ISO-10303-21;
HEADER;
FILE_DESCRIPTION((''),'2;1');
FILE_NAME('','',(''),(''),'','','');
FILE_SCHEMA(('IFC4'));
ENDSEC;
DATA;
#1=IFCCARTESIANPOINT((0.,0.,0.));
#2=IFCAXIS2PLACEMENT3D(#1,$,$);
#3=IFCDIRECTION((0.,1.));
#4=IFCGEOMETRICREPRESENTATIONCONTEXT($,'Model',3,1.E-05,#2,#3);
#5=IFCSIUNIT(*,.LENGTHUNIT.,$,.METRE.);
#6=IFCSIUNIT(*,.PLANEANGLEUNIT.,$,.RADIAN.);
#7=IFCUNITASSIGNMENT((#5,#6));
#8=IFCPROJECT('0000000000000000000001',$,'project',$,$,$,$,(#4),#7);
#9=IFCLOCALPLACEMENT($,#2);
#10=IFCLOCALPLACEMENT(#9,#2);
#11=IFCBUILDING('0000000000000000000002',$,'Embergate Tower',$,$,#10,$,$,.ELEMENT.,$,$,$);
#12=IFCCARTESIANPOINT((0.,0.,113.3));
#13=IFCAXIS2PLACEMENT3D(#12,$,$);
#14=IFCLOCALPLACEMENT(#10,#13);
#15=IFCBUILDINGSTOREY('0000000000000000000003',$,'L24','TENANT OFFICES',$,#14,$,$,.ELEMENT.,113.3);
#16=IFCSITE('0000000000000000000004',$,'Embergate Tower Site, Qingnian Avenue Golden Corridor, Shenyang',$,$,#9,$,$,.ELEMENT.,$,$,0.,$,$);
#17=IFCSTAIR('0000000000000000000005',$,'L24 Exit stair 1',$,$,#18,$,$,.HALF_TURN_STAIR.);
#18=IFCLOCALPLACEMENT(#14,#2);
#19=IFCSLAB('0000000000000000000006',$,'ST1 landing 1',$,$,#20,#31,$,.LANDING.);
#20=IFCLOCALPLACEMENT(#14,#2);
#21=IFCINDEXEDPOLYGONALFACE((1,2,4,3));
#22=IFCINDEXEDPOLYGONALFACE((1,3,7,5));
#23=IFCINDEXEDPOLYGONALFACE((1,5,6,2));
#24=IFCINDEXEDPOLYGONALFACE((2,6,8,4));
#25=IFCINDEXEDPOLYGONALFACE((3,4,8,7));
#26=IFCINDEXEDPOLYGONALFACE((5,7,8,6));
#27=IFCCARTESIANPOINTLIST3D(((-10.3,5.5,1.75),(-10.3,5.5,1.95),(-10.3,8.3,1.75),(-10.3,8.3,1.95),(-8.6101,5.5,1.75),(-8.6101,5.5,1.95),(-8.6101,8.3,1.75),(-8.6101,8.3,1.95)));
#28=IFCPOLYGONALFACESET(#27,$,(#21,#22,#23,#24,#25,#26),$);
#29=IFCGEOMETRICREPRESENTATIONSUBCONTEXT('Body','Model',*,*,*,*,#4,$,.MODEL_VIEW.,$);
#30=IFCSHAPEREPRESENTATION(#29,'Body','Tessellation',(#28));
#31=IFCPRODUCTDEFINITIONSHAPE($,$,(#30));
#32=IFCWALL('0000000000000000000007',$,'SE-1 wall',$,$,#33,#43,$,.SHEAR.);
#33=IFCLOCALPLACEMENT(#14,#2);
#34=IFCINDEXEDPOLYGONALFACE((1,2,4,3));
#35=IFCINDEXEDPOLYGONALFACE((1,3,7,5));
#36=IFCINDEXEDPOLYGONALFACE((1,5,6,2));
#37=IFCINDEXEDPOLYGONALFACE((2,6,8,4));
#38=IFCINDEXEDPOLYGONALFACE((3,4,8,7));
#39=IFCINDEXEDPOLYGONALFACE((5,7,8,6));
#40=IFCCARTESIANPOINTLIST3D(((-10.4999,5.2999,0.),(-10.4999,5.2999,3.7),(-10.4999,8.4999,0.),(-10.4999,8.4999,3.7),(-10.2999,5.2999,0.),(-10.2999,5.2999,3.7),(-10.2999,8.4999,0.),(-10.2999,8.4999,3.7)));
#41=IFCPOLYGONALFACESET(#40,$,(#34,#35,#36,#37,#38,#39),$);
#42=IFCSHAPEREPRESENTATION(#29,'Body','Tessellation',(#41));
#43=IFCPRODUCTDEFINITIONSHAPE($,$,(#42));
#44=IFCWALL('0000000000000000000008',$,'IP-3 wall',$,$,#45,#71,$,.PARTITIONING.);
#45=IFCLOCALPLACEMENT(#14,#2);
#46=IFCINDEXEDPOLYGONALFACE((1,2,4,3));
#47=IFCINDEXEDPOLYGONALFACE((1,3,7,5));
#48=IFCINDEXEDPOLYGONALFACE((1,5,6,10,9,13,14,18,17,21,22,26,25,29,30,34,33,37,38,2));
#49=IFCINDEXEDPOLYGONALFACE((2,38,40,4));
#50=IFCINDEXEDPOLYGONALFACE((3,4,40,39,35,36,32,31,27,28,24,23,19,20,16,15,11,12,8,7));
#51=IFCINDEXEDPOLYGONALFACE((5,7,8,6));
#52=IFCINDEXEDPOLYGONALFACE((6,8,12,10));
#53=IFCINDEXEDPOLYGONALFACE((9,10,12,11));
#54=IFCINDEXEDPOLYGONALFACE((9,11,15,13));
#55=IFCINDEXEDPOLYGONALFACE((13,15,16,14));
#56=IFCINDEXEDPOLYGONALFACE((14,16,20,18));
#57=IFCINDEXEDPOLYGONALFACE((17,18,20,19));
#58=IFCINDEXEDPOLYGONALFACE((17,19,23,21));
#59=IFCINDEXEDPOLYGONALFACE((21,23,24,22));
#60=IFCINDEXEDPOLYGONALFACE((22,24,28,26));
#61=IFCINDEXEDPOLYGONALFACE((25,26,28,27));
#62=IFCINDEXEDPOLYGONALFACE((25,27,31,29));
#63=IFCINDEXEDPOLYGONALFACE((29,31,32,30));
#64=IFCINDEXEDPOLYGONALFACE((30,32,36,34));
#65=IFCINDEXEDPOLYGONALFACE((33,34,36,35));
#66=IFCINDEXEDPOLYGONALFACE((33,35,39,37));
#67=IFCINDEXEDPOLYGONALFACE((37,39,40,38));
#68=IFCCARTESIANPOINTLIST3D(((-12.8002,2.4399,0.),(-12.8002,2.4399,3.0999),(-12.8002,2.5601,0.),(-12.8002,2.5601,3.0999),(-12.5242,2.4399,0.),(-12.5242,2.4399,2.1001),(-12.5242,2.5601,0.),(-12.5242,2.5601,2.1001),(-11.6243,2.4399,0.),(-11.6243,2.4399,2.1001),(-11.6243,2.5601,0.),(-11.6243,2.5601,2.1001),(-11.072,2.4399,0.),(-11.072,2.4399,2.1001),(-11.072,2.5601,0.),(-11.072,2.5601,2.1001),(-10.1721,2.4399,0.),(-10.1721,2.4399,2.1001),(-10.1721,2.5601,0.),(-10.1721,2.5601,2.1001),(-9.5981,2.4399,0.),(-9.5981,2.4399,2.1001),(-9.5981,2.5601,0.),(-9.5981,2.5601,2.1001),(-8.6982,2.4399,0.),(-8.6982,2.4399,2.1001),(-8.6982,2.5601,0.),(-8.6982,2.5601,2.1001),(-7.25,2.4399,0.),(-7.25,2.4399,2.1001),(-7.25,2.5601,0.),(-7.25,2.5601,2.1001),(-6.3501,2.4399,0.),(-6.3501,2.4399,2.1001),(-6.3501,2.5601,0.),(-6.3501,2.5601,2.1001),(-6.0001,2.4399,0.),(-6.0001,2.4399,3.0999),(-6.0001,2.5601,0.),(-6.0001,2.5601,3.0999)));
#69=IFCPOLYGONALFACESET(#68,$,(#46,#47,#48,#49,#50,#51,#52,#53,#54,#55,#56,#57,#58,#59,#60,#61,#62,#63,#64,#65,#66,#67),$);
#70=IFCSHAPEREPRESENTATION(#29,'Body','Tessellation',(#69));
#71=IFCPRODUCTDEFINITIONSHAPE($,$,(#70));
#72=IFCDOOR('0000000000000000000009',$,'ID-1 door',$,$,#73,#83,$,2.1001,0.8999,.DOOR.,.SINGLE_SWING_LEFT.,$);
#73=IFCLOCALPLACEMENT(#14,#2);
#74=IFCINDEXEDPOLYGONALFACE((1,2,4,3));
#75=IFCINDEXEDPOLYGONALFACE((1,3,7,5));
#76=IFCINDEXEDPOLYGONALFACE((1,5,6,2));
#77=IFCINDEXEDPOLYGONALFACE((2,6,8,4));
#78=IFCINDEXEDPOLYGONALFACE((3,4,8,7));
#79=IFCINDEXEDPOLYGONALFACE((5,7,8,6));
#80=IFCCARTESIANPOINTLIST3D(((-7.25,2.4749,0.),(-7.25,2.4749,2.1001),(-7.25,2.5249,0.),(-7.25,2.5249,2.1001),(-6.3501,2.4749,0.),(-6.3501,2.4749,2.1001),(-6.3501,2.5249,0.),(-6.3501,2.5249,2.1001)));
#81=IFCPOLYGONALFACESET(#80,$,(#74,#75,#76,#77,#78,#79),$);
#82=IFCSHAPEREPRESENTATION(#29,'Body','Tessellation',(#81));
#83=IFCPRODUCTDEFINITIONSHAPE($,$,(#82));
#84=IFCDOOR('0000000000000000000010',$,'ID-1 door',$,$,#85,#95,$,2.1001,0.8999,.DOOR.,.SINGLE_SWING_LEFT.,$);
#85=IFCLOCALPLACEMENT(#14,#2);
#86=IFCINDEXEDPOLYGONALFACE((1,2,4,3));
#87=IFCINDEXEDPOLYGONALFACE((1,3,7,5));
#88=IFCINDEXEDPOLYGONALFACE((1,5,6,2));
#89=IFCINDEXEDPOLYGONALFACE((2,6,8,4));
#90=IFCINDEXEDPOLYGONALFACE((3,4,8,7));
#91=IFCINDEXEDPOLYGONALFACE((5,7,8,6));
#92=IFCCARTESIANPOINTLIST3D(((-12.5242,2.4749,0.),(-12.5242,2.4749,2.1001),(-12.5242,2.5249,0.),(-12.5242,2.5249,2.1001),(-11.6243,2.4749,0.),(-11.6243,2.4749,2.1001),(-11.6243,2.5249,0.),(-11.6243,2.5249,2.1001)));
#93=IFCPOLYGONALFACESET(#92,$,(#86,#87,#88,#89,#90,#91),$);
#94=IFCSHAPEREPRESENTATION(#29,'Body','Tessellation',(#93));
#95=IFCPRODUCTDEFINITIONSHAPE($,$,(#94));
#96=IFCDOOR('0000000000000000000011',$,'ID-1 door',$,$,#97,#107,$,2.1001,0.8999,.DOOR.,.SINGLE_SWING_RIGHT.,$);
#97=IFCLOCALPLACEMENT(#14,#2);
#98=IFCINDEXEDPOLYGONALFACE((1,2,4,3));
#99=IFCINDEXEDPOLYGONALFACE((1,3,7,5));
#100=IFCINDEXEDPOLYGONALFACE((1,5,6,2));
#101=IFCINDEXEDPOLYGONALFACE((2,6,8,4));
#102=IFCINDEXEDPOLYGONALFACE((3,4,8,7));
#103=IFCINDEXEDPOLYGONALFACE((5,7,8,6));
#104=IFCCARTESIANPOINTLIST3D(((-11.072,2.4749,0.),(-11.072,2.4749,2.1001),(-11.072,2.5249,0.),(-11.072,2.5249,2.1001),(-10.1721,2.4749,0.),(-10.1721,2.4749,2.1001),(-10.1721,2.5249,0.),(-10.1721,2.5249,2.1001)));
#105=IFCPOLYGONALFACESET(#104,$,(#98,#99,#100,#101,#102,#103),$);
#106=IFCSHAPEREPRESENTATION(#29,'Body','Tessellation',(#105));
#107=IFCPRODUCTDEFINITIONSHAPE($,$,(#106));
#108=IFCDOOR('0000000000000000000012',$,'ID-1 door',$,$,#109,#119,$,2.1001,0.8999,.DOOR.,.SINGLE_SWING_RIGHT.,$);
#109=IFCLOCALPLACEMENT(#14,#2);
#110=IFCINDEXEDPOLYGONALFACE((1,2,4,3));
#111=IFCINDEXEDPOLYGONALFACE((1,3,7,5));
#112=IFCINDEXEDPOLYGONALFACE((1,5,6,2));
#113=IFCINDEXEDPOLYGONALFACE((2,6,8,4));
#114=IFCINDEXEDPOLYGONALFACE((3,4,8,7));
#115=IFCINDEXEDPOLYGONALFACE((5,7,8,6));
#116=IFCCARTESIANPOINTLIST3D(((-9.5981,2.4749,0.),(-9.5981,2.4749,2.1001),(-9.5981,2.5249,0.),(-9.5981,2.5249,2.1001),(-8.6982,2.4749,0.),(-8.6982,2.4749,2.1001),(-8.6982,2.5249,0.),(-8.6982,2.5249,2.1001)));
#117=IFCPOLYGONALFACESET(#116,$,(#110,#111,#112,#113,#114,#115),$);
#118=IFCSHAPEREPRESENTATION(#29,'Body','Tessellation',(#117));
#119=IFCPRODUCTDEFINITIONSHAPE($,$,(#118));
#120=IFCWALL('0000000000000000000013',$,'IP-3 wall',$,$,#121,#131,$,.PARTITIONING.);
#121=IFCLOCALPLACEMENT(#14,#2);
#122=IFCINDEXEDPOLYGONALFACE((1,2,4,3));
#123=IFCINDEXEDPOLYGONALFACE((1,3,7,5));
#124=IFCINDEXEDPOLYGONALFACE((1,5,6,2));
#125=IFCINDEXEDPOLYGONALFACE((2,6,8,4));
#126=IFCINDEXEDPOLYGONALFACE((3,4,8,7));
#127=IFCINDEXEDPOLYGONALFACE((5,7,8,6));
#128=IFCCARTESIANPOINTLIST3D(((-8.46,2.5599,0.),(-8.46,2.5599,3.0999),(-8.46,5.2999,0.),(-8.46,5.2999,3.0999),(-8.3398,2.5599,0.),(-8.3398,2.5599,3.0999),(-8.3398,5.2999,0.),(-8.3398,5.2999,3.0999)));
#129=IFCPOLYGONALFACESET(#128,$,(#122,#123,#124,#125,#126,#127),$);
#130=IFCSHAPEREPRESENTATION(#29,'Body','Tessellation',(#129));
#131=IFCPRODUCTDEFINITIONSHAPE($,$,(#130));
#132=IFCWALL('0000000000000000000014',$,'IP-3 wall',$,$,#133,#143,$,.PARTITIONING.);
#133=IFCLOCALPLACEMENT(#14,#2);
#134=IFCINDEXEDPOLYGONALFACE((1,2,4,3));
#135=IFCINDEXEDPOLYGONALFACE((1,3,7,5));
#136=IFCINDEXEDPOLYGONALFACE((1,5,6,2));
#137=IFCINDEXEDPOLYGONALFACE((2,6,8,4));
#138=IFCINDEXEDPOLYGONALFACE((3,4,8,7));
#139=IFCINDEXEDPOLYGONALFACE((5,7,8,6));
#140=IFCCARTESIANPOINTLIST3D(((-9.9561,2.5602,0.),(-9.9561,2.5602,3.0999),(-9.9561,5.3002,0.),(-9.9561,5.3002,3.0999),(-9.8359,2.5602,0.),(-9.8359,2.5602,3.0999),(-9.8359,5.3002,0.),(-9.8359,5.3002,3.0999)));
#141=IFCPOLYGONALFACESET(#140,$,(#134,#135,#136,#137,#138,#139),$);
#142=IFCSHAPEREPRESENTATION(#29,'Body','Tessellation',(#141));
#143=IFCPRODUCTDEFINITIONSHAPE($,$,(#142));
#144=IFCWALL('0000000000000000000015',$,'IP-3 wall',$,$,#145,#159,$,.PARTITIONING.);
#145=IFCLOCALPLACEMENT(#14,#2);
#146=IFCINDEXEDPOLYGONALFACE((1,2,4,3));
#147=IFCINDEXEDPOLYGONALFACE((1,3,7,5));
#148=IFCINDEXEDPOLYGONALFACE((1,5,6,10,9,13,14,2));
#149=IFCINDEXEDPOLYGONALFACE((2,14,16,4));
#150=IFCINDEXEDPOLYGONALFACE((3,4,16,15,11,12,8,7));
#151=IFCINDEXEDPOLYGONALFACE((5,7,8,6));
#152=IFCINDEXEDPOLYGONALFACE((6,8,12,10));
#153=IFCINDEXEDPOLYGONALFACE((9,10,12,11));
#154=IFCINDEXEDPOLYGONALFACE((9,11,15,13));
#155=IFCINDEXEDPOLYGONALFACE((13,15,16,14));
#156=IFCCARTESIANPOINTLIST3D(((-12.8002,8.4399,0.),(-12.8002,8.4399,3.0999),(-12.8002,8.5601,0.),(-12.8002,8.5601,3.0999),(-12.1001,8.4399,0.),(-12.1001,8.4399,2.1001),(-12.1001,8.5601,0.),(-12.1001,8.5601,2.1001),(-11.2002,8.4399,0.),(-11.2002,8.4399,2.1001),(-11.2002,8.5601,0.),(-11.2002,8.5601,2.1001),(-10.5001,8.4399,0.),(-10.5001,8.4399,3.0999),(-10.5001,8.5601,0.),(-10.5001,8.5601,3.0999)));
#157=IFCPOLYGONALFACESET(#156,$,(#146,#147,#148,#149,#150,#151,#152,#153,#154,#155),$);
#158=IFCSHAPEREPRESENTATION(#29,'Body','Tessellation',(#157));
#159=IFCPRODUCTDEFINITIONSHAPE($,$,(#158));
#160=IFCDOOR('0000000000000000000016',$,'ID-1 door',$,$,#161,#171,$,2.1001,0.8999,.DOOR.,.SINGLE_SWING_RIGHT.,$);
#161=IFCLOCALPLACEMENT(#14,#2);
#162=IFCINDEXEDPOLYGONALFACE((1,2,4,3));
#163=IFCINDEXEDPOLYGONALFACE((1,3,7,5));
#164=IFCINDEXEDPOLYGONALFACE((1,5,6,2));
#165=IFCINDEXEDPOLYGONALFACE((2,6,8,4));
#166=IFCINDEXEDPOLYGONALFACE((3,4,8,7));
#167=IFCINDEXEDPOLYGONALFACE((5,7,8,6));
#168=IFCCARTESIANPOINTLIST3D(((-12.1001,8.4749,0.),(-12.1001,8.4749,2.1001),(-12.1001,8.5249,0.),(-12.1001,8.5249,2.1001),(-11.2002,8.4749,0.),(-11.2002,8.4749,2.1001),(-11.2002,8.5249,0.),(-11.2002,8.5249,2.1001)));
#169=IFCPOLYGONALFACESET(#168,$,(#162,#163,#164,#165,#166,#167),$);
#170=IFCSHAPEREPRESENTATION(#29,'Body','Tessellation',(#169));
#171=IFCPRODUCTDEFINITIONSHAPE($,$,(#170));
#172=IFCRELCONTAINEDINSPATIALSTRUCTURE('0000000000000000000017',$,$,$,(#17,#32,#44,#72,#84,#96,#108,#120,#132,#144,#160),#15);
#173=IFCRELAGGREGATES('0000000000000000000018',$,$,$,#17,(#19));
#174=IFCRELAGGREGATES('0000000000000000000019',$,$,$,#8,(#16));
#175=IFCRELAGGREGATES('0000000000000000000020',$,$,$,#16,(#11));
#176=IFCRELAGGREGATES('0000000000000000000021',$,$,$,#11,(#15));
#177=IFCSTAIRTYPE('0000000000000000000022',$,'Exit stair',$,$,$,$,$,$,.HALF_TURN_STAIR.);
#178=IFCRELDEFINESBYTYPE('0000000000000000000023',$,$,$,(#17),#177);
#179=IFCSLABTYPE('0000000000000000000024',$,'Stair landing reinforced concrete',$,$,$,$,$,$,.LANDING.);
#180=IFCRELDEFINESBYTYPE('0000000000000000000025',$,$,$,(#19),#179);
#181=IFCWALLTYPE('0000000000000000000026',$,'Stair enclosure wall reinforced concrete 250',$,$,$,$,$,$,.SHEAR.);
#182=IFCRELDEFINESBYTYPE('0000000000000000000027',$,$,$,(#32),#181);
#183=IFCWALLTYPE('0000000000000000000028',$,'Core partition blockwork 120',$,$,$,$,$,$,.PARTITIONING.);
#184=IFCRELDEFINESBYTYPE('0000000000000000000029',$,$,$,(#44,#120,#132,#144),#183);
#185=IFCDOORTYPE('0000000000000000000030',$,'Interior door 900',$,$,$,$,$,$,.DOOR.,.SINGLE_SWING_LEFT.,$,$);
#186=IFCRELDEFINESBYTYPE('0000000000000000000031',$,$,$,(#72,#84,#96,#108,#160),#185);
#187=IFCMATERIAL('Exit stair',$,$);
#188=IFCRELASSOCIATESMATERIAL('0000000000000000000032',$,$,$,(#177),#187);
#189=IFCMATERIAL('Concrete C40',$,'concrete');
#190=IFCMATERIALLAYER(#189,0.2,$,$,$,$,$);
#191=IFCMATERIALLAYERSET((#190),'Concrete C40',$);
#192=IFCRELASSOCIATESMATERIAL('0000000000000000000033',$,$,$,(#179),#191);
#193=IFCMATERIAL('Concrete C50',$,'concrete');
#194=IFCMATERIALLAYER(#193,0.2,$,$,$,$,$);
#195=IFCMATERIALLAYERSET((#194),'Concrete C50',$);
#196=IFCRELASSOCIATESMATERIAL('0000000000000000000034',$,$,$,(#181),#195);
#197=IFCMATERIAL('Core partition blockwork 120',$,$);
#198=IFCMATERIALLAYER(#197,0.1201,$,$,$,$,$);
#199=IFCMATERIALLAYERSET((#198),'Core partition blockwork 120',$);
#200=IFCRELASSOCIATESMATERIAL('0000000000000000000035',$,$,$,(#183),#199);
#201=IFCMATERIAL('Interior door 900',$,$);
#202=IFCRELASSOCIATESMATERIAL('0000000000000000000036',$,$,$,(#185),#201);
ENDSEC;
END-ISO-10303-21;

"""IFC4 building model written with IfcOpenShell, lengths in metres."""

from ifc_helpers import new_model, si_unit, direction, frame, frame_2d, origin, place, context, subcontext, project, spatial, polyline, rectangle, outline, extrude, source, transform, mapped, material, layer, layer_set, type_object, element, fill, aggregate, save


model = new_model("IFC4")

# Units and contexts
model_context = context("Model", 3, precision=1e-05, world=origin(), true_north=direction((0.0, 1.0)))
body_context = subcontext(model_context, "Body", "Model", "MODEL_VIEW")
ifc_project = project(units=[si_unit("LENGTHUNIT", "METRE"), si_unit("PLANEANGLEUNIT", "RADIAN")], contexts=[model_context])

# Site, building, storey
site_placement = place(None, origin())
site = spatial("IfcSite", under=ifc_project, at=site_placement, Name="Embergate Tower Site, Qingnian Avenue Golden Corridor, Shenyang", CompositionType="ELEMENT", RefElevation=0.0)
building_placement = place(site_placement, origin())
building = spatial("IfcBuilding", under=site, at=building_placement, Name="Embergate Tower", CompositionType="ELEMENT")
storey_placement = place(building_placement, frame((0.0, 0.0, 113.3)))
storey = spatial("IfcBuildingStorey", under=building, at=storey_placement, Name="L24", Description="TENANT OFFICES", CompositionType="ELEMENT", Elevation=113.3)

# Stair, slab
ifc_material_1 = material(Name="Exit stair")
stair_type = type_object("IfcStairType", Name="Exit stair", PredefinedType="HALF_TURN_STAIR", material=ifc_material_1)
stair_placement = place(storey_placement, origin())
stair = element("IfcStair", 1, at=stair_placement, inside=storey, type_object=stair_type, Name="L24 Exit stair 1", PredefinedType="HALF_TURN_STAIR")
ifc_material_2 = material(Name="Concrete C40", Category="concrete")
ifc_layer_1 = layer(ifc_material_2, 0.2)
ifc_layer_set_1 = layer_set([ifc_layer_1], Name="Concrete C40")
slab_type = type_object("IfcSlabType", Name="Stair landing reinforced concrete", PredefinedType="LANDING", material=ifc_layer_set_1)
shared_shape_1 = source(origin(), body_context, "Body", "SweptSolid", [
    extrude(outline(polyline([(0.0, 0.0), (1.6899, 0.0), (1.6899, 2.8), (0.0, 2.8), (0.0, 0.0)])), origin(), (0.0, 0.0, 1.0), 0.2),
])
slab_placement = place(storey_placement, frame((-10.3, 5.5, 1.75)))
slab = element("IfcSlab", 2, at=slab_placement, type_object=slab_type, Name="ST1 landing 1", PredefinedType="LANDING", context=body_context, shape_type="MappedRepresentation", body=[
    mapped(shared_shape_1, transform((0.0, 0.0, 0.0))),
])

# Wall
ifc_material_3 = material(Name="Concrete C50", Category="concrete")
ifc_layer_2 = layer(ifc_material_3, 0.2)
ifc_layer_set_2 = layer_set([ifc_layer_2], Name="Concrete C50")
wall_type_1 = type_object("IfcWallType", Name="Stair enclosure wall reinforced concrete 250", PredefinedType="SHEAR", material=ifc_layer_set_2)
shared_shape_2 = source(origin(), body_context, "Body", "SweptSolid", [
    extrude(rectangle(XDim=3.2, YDim=0.2, at=frame_2d((1.6001, 0.0))), origin(), (0.0, 0.0, 1.0), 3.7),
])
wall_1_placement = place(storey_placement, frame((-10.3999, 8.5, 0.0), z_axis=(0.0, 0.0, 1.0), x_axis=(0.0, -1.0, 0.0)))
element("IfcWall", 3, at=wall_1_placement, inside=storey, type_object=wall_type_1, Name="SE-1 wall", PredefinedType="SHEAR", context=body_context, shape_type="MappedRepresentation", body=[
    mapped(shared_shape_2, transform((0.0, 0.0, 0.0))),
])

# Wall, openings, doors
ifc_material_4 = material(Name="Core partition blockwork 120")
ifc_layer_3 = layer(ifc_material_4, 0.1201)
ifc_layer_set_3 = layer_set([ifc_layer_3], Name="Core partition blockwork 120")
wall_type_2 = type_object("IfcWallType", Name="Core partition blockwork 120", PredefinedType="PARTITIONING", material=ifc_layer_set_3)
shared_shape_3 = source(origin(), body_context, "Body", "SweptSolid", [
    extrude(rectangle(XDim=6.8, YDim=0.1201, at=frame_2d((3.3999, 0.0))), origin(), (0.0, 0.0, 1.0), 3.0999),
])
wall_2_placement = place(storey_placement, frame((-12.8, 2.5, 0.0), z_axis=(0.0, 0.0, 1.0), x_axis=(1.0, 0.0, 0.0)))
wall_2 = element("IfcWall", 4, at=wall_2_placement, inside=storey, type_object=wall_type_2, Name="IP-3 wall", PredefinedType="PARTITIONING", context=body_context, shape_type="MappedRepresentation", body=[
    mapped(shared_shape_3, transform((0.0, 0.0, 0.0))),
])
shared_shape_4 = source(origin(), body_context, "Body", "SweptSolid", [
    extrude(rectangle(XDim=0.8999, YDim=2.1001, at=frame_2d((0.45, 1.05))), frame((0.0, 0.0701, 0.0), z_axis=(0.0, -1.0, 0.0), x_axis=(1.0, 0.0, 0.0)), (0.0, 0.0, 1.0), 0.1401),
])
opening_1_placement = place(wall_2_placement, frame((5.55, 0.0, 0.0)))
opening_1 = element("IfcOpeningElement", 5, at=opening_1_placement, cuts=wall_2, PredefinedType="OPENING", context=body_context, shape_type="MappedRepresentation", body=[
    mapped(shared_shape_4, transform((0.0, 0.0, 0.0))),
])
opening_2_placement = place(wall_2_placement, frame((0.2759, 0.0, 0.0)))
opening_2 = element("IfcOpeningElement", 6, at=opening_2_placement, cuts=wall_2, PredefinedType="OPENING", context=body_context, shape_type="MappedRepresentation", body=[
    mapped(shared_shape_4, transform((0.0, 0.0, 0.0))),
])
opening_3_placement = place(wall_2_placement, frame((1.728, 0.0, 0.0)))
opening_3 = element("IfcOpeningElement", 7, at=opening_3_placement, cuts=wall_2, PredefinedType="OPENING", context=body_context, shape_type="MappedRepresentation", body=[
    mapped(shared_shape_4, transform((0.0, 0.0, 0.0))),
])
opening_4_placement = place(wall_2_placement, frame((3.2019, 0.0, 0.0)))
opening_4 = element("IfcOpeningElement", 8, at=opening_4_placement, cuts=wall_2, PredefinedType="OPENING", context=body_context, shape_type="MappedRepresentation", body=[
    mapped(shared_shape_4, transform((0.0, 0.0, 0.0))),
])
ifc_material_5 = material(Name="Interior door 900")
door_type = type_object("IfcDoorType", Name="Interior door 900", OperationType="SINGLE_SWING_LEFT", PredefinedType="DOOR", material=ifc_material_5)
shared_shape_5 = source(origin(), body_context, "Body", "SweptSolid", [
    extrude(rectangle(XDim=0.8999, YDim=2.1001, at=frame_2d((0.45, 1.05))), frame((0.0, 0.0249, 0.0), z_axis=(0.0, -1.0, 0.0), x_axis=(1.0, 0.0, 0.0)), (0.0, 0.0, 1.0), 0.05),
])
door_1_placement = place(opening_1_placement, origin())
door_1 = element("IfcDoor", 9, at=door_1_placement, inside=storey, type_object=door_type, Name="ID-1 door", OperationType="SINGLE_SWING_LEFT", OverallHeight=2.1001, OverallWidth=0.8999, PredefinedType="DOOR", context=body_context, shape_type="MappedRepresentation", body=[
    mapped(shared_shape_5, transform((0.0, 0.0, 0.0))),
])
fill(opening_1, door_1)
door_2_placement = place(opening_2_placement, origin())
door_2 = element("IfcDoor", 10, at=door_2_placement, inside=storey, type_object=door_type, Name="ID-1 door", OperationType="SINGLE_SWING_LEFT", OverallHeight=2.1001, OverallWidth=0.8999, PredefinedType="DOOR", context=body_context, shape_type="MappedRepresentation", body=[
    mapped(shared_shape_5, transform((0.0, 0.0, 0.0))),
])
fill(opening_2, door_2)
door_3_placement = place(opening_3_placement, origin())
door_3 = element("IfcDoor", 11, at=door_3_placement, inside=storey, type_object=door_type, Name="ID-1 door", OperationType="SINGLE_SWING_RIGHT", OverallHeight=2.1001, OverallWidth=0.8999, PredefinedType="DOOR", context=body_context, shape_type="MappedRepresentation", body=[
    mapped(shared_shape_5, transform((0.0, 0.0, 0.0))),
])
fill(opening_3, door_3)
door_4_placement = place(opening_4_placement, origin())
door_4 = element("IfcDoor", 12, at=door_4_placement, inside=storey, type_object=door_type, Name="ID-1 door", OperationType="SINGLE_SWING_RIGHT", OverallHeight=2.1001, OverallWidth=0.8999, PredefinedType="DOOR", context=body_context, shape_type="MappedRepresentation", body=[
    mapped(shared_shape_5, transform((0.0, 0.0, 0.0))),
])
fill(opening_4, door_4)

# Walls
shared_shape_6 = source(origin(), body_context, "Body", "SweptSolid", [
    extrude(rectangle(XDim=2.74, YDim=0.1201, at=frame_2d((1.3701, 0.0))), origin(), (0.0, 0.0, 1.0), 3.0999),
])
for number, where, z_axis, x_axis, name in (
    (13, (-8.3999, 5.3, 0.0), (0.0, 0.0, 1.0), (0.0, -1.0, 0.0), "IP-3 wall"),
    (14, (-9.896, 2.5601, 0.0), (0.0, 0.0, 1.0), (0.0, 1.0, 0.0), "IP-3 wall"),
):
    element("IfcWall", number, at=place(storey_placement, frame(where, z_axis=z_axis, x_axis=x_axis)), inside=storey, type_object=wall_type_2, Name=name, PredefinedType="PARTITIONING", context=body_context, shape_type="MappedRepresentation", body=[
        mapped(shared_shape_6, transform((0.0, 0.0, 0.0))),
    ])

# Wall, opening, door
shared_shape_7 = source(origin(), body_context, "Body", "SweptSolid", [
    extrude(rectangle(XDim=2.3, YDim=0.1201, at=frame_2d((1.1499, 0.0))), origin(), (0.0, 0.0, 1.0), 3.0999),
])
wall_3_placement = place(storey_placement, frame((-12.8, 8.5, 0.0), z_axis=(0.0, 0.0, 1.0), x_axis=(1.0, 0.0, 0.0)))
wall_3 = element("IfcWall", 15, at=wall_3_placement, inside=storey, type_object=wall_type_2, Name="IP-3 wall", PredefinedType="PARTITIONING", context=body_context, shape_type="MappedRepresentation", body=[
    mapped(shared_shape_7, transform((0.0, 0.0, 0.0))),
])
opening_5_placement = place(wall_3_placement, frame((0.7, 0.0, 0.0)))
opening_5 = element("IfcOpeningElement", 16, at=opening_5_placement, cuts=wall_3, PredefinedType="OPENING", context=body_context, shape_type="MappedRepresentation", body=[
    mapped(shared_shape_4, transform((0.0, 0.0, 0.0))),
])
door_5_placement = place(opening_5_placement, origin())
door_5 = element("IfcDoor", 17, at=door_5_placement, inside=storey, type_object=door_type, Name="ID-1 door", OperationType="SINGLE_SWING_RIGHT", OverallHeight=2.1001, OverallWidth=0.8999, PredefinedType="DOOR", context=body_context, shape_type="MappedRepresentation", body=[
    mapped(shared_shape_5, transform((0.0, 0.0, 0.0))),
])
fill(opening_5, door_5)

aggregate(stair, [slab])

save(model, "model.ifc")
